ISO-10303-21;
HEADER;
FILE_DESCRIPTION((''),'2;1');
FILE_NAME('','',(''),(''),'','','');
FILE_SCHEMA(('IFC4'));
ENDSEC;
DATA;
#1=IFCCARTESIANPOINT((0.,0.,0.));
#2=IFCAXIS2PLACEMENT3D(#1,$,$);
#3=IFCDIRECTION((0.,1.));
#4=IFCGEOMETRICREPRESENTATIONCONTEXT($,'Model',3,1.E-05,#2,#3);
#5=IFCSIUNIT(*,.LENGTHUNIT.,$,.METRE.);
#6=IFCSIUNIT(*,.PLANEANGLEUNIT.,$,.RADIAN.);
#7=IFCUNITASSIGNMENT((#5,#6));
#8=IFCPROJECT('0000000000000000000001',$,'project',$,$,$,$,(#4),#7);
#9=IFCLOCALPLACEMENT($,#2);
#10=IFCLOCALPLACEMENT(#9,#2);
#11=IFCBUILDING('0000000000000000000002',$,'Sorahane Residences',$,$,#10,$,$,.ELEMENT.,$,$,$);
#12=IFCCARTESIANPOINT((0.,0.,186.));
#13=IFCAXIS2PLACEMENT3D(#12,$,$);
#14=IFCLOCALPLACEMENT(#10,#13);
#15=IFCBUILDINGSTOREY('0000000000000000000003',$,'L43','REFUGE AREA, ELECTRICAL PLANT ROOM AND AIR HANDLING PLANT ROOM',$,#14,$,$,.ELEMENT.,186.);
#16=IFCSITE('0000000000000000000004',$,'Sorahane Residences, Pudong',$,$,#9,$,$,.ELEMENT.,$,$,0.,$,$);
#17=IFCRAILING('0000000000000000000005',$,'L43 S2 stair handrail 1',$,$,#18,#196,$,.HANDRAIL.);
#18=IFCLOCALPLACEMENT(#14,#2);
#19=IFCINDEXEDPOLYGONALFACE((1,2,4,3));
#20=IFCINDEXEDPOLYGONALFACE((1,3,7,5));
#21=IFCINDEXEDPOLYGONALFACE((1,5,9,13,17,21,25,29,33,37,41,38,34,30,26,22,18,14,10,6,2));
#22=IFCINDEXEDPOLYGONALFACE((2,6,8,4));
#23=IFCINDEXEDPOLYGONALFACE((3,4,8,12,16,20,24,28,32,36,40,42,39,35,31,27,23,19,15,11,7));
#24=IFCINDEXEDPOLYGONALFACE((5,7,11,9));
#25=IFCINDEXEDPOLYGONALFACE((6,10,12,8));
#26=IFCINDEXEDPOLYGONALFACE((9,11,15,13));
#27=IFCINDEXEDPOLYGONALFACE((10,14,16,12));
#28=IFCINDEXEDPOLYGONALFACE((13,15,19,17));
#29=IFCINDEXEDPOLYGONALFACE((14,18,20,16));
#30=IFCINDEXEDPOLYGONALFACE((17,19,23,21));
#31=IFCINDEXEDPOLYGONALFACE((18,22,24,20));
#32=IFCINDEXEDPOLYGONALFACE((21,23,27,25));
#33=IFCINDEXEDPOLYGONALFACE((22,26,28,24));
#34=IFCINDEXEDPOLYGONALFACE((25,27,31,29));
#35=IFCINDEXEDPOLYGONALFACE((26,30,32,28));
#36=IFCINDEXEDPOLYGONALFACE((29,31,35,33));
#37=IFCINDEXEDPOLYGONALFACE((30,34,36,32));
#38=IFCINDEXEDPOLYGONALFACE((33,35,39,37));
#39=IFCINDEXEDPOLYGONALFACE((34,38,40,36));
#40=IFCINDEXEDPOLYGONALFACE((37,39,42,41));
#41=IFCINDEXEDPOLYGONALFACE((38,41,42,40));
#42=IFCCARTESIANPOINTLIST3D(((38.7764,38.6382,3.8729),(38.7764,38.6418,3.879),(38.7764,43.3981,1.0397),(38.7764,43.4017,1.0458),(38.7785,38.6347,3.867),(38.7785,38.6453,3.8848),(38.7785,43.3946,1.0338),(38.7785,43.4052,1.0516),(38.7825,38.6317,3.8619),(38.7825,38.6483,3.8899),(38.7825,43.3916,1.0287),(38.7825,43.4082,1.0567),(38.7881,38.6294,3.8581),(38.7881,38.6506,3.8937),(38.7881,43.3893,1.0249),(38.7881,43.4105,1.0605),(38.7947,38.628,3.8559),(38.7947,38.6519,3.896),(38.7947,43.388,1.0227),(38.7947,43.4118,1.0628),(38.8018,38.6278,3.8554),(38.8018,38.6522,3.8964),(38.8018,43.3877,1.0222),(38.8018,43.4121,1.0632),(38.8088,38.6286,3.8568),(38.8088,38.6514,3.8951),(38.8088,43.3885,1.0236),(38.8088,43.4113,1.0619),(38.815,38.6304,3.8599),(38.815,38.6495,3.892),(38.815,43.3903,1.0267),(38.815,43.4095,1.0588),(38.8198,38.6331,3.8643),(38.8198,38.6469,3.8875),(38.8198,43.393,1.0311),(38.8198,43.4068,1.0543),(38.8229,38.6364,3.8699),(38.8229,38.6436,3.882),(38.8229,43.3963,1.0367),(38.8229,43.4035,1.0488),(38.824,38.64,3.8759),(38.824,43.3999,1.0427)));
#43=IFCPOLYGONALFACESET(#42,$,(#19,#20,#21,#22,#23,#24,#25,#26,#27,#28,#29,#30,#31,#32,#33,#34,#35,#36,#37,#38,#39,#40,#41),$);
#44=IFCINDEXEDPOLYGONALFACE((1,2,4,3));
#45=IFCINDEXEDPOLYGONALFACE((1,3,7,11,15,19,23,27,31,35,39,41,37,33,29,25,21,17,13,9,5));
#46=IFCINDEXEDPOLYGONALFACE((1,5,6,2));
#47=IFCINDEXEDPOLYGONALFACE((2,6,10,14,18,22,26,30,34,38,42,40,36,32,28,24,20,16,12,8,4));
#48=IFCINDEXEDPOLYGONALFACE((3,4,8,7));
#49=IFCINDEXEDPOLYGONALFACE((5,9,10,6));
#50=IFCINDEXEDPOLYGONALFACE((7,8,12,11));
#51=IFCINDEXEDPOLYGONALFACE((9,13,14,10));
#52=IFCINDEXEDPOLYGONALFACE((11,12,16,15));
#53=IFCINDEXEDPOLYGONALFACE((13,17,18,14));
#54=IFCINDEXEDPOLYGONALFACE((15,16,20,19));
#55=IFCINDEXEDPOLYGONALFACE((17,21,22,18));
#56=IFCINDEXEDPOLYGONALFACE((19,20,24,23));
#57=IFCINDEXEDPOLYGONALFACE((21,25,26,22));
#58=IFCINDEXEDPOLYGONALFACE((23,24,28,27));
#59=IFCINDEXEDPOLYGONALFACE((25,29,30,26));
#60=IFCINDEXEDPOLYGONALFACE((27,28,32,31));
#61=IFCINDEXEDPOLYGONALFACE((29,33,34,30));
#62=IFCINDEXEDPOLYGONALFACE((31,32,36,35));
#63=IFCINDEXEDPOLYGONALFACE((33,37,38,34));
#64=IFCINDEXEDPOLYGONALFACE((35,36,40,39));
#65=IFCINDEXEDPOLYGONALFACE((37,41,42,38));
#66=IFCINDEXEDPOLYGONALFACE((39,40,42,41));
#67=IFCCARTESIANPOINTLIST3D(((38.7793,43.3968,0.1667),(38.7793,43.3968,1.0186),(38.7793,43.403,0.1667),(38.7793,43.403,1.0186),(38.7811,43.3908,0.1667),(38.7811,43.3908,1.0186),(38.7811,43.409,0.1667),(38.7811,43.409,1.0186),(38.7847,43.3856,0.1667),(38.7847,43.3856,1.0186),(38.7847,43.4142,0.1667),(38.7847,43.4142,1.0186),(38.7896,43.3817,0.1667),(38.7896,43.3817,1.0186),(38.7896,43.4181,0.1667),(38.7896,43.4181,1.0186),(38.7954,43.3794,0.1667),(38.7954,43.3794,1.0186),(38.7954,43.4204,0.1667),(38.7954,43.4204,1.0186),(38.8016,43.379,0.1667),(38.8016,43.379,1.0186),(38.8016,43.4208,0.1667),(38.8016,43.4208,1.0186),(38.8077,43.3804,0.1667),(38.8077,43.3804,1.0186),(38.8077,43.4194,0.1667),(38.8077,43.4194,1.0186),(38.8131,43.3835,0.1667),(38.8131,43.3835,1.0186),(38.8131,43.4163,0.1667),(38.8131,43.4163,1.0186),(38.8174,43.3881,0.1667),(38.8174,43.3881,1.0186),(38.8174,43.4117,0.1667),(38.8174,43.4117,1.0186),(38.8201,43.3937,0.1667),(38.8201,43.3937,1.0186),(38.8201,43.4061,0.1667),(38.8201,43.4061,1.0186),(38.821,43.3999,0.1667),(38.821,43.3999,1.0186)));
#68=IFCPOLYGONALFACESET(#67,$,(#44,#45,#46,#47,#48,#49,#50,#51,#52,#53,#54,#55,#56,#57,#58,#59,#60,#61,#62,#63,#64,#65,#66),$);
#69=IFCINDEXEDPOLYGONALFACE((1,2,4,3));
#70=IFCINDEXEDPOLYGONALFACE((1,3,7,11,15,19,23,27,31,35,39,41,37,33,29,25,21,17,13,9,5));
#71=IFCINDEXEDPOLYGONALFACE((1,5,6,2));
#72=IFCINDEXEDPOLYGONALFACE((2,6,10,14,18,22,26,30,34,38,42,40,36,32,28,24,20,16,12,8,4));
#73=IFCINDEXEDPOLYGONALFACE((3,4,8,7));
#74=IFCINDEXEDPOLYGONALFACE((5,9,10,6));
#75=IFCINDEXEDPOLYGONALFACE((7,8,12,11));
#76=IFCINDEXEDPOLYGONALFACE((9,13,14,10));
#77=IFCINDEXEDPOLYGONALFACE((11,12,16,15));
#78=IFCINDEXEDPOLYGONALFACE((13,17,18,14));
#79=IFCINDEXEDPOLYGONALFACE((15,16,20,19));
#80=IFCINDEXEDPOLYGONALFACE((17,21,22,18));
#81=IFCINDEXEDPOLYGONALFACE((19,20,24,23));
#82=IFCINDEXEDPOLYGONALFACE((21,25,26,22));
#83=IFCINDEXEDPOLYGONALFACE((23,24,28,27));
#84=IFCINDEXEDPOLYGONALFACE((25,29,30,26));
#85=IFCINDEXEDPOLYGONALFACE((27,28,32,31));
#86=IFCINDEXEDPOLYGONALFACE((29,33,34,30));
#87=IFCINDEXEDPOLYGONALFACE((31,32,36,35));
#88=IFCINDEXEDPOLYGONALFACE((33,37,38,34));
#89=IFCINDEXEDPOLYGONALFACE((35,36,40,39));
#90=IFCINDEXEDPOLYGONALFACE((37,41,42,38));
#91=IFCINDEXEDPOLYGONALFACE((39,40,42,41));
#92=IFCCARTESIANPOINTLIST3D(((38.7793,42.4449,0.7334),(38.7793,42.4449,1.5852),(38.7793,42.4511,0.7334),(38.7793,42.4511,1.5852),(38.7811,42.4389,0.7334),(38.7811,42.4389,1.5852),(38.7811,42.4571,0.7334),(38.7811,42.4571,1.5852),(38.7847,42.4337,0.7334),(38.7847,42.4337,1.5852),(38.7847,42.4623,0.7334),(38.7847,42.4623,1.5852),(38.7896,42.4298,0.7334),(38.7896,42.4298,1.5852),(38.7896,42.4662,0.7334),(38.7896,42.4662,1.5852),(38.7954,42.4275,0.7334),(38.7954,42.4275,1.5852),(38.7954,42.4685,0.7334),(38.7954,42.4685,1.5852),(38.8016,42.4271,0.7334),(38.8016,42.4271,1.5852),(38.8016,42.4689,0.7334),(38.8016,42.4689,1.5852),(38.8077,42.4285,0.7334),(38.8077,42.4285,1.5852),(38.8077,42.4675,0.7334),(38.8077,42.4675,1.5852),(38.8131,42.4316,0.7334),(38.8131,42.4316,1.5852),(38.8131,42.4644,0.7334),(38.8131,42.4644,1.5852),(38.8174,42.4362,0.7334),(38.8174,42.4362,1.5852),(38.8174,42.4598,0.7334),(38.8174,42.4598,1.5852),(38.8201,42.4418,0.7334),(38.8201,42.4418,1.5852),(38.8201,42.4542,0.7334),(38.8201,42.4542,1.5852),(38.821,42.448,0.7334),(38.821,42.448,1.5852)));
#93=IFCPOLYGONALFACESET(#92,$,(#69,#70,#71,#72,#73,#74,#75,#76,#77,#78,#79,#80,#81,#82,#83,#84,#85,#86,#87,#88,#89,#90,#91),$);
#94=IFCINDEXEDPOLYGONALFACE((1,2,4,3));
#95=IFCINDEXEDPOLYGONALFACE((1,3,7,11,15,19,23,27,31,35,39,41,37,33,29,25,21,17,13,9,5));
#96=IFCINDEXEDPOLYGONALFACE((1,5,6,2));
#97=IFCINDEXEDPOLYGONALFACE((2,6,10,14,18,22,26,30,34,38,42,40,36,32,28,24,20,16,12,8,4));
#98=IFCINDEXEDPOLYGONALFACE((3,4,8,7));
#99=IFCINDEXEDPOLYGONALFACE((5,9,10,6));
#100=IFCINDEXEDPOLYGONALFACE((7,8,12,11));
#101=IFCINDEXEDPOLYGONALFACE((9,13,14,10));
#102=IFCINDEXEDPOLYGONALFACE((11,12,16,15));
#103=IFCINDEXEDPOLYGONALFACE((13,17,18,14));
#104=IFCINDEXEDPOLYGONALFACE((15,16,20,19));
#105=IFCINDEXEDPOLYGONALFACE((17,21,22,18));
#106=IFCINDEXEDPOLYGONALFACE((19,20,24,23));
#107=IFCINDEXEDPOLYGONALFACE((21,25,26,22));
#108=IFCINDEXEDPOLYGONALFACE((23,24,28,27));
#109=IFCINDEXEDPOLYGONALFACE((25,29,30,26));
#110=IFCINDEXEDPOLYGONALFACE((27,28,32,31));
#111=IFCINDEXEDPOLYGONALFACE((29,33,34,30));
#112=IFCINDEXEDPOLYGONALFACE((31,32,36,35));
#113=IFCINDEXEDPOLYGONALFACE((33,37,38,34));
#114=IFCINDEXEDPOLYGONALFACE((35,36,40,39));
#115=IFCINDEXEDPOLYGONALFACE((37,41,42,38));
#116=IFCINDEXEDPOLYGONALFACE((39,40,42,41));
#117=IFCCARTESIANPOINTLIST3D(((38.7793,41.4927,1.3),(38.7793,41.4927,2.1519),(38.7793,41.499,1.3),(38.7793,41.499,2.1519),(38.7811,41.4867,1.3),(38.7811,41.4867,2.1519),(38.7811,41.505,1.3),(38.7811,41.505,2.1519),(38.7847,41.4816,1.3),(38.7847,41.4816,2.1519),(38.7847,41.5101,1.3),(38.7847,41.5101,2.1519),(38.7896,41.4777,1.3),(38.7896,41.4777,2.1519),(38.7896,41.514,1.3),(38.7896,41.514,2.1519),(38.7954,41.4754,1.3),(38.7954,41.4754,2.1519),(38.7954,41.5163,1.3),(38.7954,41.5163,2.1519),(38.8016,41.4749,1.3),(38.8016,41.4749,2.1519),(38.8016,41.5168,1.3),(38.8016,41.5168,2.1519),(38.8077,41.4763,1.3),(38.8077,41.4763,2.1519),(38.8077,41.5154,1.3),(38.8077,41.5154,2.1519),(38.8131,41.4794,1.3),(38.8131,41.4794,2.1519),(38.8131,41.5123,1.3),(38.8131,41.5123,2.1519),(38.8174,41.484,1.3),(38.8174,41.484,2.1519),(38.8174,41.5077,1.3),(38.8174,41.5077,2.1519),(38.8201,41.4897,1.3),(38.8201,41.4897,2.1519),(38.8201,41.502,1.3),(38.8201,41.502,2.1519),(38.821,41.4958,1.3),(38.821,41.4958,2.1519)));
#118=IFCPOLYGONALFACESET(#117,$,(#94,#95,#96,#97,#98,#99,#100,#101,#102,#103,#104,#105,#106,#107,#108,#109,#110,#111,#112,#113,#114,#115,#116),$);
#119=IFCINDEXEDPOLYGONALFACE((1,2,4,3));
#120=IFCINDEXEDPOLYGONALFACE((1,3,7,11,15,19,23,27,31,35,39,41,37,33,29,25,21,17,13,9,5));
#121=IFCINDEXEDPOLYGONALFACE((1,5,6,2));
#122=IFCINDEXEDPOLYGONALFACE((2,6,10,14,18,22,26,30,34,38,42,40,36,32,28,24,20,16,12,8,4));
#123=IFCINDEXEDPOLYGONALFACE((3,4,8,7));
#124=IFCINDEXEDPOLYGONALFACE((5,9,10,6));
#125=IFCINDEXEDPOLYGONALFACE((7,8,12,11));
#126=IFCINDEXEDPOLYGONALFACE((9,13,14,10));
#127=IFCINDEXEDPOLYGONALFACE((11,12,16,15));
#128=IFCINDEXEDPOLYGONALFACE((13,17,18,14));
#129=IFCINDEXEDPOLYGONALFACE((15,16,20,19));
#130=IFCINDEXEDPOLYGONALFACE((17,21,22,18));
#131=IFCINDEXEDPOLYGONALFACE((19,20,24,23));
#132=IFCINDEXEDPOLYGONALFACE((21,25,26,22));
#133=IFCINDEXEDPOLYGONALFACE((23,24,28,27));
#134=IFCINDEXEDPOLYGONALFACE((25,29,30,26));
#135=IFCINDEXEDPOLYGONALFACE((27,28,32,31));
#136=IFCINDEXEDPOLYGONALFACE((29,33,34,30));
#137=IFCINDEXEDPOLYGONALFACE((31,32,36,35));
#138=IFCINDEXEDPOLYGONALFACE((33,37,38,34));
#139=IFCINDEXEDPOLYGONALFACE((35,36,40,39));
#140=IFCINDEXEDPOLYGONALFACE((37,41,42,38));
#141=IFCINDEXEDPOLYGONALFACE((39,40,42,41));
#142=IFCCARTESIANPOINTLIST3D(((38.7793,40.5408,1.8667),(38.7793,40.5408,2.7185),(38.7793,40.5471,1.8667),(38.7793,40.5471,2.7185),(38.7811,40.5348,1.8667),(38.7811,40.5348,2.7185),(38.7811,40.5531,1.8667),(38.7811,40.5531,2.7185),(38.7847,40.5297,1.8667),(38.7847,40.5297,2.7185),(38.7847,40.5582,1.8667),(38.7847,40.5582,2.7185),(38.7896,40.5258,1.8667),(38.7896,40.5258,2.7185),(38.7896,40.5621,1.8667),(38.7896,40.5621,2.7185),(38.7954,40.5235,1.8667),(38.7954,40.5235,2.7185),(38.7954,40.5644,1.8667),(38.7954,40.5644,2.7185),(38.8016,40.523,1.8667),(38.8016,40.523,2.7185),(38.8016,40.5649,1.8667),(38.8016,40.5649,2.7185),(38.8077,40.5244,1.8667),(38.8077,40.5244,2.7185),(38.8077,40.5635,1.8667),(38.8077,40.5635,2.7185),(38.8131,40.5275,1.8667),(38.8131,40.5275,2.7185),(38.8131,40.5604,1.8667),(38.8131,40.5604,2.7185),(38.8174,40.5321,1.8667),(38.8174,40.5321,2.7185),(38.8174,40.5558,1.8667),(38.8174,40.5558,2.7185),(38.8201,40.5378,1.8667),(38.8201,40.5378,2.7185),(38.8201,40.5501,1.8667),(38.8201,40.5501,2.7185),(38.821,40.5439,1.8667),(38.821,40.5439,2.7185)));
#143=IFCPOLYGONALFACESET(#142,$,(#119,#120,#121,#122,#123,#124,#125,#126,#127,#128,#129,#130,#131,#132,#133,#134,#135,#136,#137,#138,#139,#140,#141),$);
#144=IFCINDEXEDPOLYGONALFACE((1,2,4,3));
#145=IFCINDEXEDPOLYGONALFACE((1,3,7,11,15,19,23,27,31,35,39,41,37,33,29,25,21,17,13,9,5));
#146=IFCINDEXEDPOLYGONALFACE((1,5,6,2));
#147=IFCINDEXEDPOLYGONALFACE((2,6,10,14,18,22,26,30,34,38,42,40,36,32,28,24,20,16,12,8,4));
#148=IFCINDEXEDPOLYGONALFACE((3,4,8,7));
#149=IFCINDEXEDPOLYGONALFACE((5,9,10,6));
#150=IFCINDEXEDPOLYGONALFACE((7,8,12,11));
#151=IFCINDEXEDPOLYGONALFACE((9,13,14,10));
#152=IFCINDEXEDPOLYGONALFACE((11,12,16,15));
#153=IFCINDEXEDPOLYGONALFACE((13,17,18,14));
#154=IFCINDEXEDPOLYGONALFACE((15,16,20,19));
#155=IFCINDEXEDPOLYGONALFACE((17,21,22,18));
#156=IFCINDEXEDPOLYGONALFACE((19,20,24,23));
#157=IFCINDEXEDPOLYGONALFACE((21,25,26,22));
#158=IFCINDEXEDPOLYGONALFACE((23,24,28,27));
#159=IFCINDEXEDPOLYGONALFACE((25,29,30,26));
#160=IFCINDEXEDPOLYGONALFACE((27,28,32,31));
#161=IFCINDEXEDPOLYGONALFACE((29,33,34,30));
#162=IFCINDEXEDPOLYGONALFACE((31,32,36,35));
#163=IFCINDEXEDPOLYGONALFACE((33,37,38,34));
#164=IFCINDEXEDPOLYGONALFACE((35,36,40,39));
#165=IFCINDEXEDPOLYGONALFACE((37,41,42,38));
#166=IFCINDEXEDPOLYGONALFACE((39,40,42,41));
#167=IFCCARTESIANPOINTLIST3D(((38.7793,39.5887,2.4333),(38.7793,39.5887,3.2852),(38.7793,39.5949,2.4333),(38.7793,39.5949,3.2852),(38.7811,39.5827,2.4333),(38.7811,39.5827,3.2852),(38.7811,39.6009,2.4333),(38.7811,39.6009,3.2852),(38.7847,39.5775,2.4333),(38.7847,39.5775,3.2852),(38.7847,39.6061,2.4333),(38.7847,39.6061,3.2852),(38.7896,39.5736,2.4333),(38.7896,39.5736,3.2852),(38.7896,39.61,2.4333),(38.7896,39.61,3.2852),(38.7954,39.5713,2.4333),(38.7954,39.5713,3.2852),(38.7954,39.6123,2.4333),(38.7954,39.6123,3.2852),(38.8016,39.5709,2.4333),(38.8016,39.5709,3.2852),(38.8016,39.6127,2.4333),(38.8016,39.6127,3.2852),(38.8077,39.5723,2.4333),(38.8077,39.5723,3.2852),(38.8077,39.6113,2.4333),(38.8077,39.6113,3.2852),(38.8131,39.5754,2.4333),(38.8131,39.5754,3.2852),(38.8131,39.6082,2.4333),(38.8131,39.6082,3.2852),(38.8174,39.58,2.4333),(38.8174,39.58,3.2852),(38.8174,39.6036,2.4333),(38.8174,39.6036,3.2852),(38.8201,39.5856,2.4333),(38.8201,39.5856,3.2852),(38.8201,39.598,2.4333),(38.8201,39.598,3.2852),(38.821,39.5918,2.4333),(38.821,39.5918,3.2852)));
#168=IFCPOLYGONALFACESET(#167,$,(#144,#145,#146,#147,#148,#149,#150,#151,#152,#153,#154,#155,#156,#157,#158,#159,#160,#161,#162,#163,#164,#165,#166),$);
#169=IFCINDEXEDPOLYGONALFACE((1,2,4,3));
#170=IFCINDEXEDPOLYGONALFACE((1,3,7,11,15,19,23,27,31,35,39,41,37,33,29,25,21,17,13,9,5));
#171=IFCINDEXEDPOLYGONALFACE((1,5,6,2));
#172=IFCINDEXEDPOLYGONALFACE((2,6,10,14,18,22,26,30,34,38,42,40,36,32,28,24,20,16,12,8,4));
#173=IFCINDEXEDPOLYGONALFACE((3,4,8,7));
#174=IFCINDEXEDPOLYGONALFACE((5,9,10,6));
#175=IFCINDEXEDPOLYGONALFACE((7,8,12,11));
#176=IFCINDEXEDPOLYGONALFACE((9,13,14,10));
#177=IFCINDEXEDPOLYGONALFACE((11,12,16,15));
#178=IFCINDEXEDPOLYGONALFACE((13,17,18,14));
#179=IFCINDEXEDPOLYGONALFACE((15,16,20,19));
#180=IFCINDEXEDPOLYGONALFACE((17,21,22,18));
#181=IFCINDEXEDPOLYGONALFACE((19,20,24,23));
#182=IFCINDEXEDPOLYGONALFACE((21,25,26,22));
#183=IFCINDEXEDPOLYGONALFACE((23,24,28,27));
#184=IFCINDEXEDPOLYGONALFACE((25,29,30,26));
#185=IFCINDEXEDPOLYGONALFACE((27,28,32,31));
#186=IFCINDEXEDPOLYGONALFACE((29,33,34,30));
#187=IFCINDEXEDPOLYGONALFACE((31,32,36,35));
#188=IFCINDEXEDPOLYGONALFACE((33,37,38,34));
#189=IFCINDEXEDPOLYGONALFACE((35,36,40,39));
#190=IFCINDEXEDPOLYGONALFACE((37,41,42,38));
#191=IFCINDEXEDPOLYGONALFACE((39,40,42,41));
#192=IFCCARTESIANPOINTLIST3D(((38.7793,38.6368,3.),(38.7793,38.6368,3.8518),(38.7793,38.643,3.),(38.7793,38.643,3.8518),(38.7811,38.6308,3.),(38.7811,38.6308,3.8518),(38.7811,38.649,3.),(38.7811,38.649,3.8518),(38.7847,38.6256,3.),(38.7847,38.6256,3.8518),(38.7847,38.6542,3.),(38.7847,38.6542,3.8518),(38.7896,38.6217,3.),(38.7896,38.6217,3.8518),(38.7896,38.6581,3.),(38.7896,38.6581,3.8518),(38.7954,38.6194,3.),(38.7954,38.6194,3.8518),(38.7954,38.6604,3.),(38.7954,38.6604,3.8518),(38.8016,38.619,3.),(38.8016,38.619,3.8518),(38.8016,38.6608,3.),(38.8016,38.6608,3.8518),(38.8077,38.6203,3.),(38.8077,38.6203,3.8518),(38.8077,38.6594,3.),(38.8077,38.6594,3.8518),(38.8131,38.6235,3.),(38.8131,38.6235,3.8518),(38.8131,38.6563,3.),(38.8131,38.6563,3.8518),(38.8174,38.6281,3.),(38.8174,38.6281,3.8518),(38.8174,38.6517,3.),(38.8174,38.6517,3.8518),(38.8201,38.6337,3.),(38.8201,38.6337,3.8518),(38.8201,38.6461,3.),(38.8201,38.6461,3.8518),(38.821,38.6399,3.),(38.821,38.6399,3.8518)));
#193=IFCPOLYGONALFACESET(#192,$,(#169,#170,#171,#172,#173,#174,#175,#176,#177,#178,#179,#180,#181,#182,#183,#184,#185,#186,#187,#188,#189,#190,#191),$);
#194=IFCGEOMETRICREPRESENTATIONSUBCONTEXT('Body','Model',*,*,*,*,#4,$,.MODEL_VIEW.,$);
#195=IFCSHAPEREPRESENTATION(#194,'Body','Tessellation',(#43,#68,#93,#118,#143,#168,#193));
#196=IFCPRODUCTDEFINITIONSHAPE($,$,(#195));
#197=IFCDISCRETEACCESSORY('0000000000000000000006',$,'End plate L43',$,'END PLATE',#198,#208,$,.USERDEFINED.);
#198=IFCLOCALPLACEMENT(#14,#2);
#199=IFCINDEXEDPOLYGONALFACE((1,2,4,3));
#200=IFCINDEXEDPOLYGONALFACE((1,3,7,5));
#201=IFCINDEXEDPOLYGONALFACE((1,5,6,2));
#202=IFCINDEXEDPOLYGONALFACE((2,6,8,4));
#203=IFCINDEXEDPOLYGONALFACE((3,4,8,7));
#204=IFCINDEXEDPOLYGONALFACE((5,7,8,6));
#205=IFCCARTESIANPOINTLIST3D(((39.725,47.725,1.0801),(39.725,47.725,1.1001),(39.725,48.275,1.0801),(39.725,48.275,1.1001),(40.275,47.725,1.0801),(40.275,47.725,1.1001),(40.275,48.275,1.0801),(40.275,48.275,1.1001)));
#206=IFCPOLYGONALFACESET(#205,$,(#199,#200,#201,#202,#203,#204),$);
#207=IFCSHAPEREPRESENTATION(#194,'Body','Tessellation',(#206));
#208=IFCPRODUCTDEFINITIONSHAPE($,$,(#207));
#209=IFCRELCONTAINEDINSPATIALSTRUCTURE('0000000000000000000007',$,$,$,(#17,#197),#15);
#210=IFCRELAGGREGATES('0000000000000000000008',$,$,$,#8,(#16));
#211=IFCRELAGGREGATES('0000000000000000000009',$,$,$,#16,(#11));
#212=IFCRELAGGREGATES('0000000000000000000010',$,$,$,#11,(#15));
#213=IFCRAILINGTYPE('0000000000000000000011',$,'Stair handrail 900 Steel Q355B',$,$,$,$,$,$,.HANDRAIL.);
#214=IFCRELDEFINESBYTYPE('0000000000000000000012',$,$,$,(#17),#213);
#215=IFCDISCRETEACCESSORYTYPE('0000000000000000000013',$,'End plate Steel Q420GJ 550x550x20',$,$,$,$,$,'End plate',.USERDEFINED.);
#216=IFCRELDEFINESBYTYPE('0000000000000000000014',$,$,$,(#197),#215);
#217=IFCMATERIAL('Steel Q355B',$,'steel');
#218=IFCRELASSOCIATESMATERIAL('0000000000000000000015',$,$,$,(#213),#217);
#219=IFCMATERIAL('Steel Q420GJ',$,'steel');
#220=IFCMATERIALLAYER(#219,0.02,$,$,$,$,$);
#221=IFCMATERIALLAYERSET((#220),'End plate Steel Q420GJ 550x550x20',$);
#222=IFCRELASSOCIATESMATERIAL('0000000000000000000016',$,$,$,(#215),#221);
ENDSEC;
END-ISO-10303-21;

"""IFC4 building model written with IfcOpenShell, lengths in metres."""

from ifc_helpers import new_model, si_unit, direction, frame, origin, origin_2d, place, context, subcontext, project, spatial, rectangle, circle, extrude, material, layer, layer_set, type_object, element, save


model = new_model("IFC4")

# Units and contexts
model_context = context("Model", 3, precision=1e-05, world=origin(), true_north=direction((0.0, 1.0)))
body_context = subcontext(model_context, "Body", "Model", "MODEL_VIEW")
ifc_project = project(units=[si_unit("LENGTHUNIT", "METRE"), si_unit("PLANEANGLEUNIT", "RADIAN")], contexts=[model_context])

# Site, building, storey
site_placement = place(None, origin())
site = spatial("IfcSite", under=ifc_project, at=site_placement, Name="Sorahane Residences, Pudong", CompositionType="ELEMENT", RefElevation=0.0)
building_placement = place(site_placement, origin())
building = spatial("IfcBuilding", under=site, at=building_placement, Name="Sorahane Residences", CompositionType="ELEMENT")
storey_placement = place(building_placement, frame((0.0, 0.0, 186.0)))
storey = spatial("IfcBuildingStorey", under=building, at=storey_placement, Name="L43", Description="REFUGE AREA, ELECTRICAL PLANT ROOM AND AIR HANDLING PLANT ROOM", CompositionType="ELEMENT", Elevation=186.0)

# Railing
ifc_material_1 = material(Name="Steel Q355B", Category="steel")
railing_type_1 = type_object("IfcRailingType", Name="Stair handrail 900 Steel Q355B", PredefinedType="HANDRAIL", material=ifc_material_1)
railing_1_placement = place(storey_placement, frame((38.8, 43.3999, 0.1667)))
element("IfcRailing", 1, at=railing_1_placement, inside=storey, type_object=railing_type_1, Name="L43 S2 stair handrail 1", PredefinedType="HANDRAIL", context=body_context, shape_type="SweptSolid", body=[
    extrude(circle(Radius=0.0239, at=origin_2d()), frame((0.0, 0.0, 0.876), z_axis=(0.0, -0.8593, 0.511472), x_axis=(1.0, 0.0, 0.0)), (0.0, 0.0, 1.0), 5.5393),
    extrude(circle(Radius=0.021, at=origin_2d()), origin(), (0.0, 0.0, 1.0), 0.8518),
    extrude(circle(Radius=0.021, at=origin_2d()), frame((0.0, -0.9519, 0.5667)), (0.0, 0.0, 1.0), 0.8518),
    extrude(circle(Radius=0.021, at=origin_2d()), frame((0.0, -1.9041, 1.1333)), (0.0, 0.0, 1.0), 0.8518),
    extrude(circle(Radius=0.021, at=origin_2d()), frame((0.0, -2.856, 1.7)), (0.0, 0.0, 1.0), 0.8518),
    extrude(circle(Radius=0.021, at=origin_2d()), frame((0.0, -3.8081, 2.2666)), (0.0, 0.0, 1.0), 0.8518),
    extrude(circle(Radius=0.021, at=origin_2d()), frame((0.0, -4.76, 2.8333)), (0.0, 0.0, 1.0), 0.8518),
])

# Discrete accessory
ifc_material_2 = material(Name="Steel Q420GJ", Category="steel")
ifc_layer_1 = layer(ifc_material_2, 0.02)
ifc_layer_set_1 = layer_set([ifc_layer_1], Name="End plate Steel Q420GJ 550x550x20")
discrete_accessory_type_1 = type_object("IfcDiscreteAccessoryType", Name="End plate Steel Q420GJ 550x550x20", ElementType="End plate", PredefinedType="USERDEFINED", material=ifc_layer_set_1)
for number, where, z_axis, x_axis, name in (
    (2, (40.0, 48.0, 1.0801), (0.0, 0.0, 1.0), (1.0, 0.0, 0.0), "End plate L43"),
):
    element("IfcDiscreteAccessory", number, at=place(storey_placement, frame(where, z_axis=z_axis, x_axis=x_axis)), inside=storey, type_object=discrete_accessory_type_1, Name=name, ObjectType="END PLATE", PredefinedType="USERDEFINED", context=body_context, shape_type="SweptSolid", body=[
        extrude(rectangle(XDim=0.55, YDim=0.55, at=origin_2d()), origin(), (0.0, 0.0, 1.0), 0.02),
    ])

save(model, "model.ifc")
